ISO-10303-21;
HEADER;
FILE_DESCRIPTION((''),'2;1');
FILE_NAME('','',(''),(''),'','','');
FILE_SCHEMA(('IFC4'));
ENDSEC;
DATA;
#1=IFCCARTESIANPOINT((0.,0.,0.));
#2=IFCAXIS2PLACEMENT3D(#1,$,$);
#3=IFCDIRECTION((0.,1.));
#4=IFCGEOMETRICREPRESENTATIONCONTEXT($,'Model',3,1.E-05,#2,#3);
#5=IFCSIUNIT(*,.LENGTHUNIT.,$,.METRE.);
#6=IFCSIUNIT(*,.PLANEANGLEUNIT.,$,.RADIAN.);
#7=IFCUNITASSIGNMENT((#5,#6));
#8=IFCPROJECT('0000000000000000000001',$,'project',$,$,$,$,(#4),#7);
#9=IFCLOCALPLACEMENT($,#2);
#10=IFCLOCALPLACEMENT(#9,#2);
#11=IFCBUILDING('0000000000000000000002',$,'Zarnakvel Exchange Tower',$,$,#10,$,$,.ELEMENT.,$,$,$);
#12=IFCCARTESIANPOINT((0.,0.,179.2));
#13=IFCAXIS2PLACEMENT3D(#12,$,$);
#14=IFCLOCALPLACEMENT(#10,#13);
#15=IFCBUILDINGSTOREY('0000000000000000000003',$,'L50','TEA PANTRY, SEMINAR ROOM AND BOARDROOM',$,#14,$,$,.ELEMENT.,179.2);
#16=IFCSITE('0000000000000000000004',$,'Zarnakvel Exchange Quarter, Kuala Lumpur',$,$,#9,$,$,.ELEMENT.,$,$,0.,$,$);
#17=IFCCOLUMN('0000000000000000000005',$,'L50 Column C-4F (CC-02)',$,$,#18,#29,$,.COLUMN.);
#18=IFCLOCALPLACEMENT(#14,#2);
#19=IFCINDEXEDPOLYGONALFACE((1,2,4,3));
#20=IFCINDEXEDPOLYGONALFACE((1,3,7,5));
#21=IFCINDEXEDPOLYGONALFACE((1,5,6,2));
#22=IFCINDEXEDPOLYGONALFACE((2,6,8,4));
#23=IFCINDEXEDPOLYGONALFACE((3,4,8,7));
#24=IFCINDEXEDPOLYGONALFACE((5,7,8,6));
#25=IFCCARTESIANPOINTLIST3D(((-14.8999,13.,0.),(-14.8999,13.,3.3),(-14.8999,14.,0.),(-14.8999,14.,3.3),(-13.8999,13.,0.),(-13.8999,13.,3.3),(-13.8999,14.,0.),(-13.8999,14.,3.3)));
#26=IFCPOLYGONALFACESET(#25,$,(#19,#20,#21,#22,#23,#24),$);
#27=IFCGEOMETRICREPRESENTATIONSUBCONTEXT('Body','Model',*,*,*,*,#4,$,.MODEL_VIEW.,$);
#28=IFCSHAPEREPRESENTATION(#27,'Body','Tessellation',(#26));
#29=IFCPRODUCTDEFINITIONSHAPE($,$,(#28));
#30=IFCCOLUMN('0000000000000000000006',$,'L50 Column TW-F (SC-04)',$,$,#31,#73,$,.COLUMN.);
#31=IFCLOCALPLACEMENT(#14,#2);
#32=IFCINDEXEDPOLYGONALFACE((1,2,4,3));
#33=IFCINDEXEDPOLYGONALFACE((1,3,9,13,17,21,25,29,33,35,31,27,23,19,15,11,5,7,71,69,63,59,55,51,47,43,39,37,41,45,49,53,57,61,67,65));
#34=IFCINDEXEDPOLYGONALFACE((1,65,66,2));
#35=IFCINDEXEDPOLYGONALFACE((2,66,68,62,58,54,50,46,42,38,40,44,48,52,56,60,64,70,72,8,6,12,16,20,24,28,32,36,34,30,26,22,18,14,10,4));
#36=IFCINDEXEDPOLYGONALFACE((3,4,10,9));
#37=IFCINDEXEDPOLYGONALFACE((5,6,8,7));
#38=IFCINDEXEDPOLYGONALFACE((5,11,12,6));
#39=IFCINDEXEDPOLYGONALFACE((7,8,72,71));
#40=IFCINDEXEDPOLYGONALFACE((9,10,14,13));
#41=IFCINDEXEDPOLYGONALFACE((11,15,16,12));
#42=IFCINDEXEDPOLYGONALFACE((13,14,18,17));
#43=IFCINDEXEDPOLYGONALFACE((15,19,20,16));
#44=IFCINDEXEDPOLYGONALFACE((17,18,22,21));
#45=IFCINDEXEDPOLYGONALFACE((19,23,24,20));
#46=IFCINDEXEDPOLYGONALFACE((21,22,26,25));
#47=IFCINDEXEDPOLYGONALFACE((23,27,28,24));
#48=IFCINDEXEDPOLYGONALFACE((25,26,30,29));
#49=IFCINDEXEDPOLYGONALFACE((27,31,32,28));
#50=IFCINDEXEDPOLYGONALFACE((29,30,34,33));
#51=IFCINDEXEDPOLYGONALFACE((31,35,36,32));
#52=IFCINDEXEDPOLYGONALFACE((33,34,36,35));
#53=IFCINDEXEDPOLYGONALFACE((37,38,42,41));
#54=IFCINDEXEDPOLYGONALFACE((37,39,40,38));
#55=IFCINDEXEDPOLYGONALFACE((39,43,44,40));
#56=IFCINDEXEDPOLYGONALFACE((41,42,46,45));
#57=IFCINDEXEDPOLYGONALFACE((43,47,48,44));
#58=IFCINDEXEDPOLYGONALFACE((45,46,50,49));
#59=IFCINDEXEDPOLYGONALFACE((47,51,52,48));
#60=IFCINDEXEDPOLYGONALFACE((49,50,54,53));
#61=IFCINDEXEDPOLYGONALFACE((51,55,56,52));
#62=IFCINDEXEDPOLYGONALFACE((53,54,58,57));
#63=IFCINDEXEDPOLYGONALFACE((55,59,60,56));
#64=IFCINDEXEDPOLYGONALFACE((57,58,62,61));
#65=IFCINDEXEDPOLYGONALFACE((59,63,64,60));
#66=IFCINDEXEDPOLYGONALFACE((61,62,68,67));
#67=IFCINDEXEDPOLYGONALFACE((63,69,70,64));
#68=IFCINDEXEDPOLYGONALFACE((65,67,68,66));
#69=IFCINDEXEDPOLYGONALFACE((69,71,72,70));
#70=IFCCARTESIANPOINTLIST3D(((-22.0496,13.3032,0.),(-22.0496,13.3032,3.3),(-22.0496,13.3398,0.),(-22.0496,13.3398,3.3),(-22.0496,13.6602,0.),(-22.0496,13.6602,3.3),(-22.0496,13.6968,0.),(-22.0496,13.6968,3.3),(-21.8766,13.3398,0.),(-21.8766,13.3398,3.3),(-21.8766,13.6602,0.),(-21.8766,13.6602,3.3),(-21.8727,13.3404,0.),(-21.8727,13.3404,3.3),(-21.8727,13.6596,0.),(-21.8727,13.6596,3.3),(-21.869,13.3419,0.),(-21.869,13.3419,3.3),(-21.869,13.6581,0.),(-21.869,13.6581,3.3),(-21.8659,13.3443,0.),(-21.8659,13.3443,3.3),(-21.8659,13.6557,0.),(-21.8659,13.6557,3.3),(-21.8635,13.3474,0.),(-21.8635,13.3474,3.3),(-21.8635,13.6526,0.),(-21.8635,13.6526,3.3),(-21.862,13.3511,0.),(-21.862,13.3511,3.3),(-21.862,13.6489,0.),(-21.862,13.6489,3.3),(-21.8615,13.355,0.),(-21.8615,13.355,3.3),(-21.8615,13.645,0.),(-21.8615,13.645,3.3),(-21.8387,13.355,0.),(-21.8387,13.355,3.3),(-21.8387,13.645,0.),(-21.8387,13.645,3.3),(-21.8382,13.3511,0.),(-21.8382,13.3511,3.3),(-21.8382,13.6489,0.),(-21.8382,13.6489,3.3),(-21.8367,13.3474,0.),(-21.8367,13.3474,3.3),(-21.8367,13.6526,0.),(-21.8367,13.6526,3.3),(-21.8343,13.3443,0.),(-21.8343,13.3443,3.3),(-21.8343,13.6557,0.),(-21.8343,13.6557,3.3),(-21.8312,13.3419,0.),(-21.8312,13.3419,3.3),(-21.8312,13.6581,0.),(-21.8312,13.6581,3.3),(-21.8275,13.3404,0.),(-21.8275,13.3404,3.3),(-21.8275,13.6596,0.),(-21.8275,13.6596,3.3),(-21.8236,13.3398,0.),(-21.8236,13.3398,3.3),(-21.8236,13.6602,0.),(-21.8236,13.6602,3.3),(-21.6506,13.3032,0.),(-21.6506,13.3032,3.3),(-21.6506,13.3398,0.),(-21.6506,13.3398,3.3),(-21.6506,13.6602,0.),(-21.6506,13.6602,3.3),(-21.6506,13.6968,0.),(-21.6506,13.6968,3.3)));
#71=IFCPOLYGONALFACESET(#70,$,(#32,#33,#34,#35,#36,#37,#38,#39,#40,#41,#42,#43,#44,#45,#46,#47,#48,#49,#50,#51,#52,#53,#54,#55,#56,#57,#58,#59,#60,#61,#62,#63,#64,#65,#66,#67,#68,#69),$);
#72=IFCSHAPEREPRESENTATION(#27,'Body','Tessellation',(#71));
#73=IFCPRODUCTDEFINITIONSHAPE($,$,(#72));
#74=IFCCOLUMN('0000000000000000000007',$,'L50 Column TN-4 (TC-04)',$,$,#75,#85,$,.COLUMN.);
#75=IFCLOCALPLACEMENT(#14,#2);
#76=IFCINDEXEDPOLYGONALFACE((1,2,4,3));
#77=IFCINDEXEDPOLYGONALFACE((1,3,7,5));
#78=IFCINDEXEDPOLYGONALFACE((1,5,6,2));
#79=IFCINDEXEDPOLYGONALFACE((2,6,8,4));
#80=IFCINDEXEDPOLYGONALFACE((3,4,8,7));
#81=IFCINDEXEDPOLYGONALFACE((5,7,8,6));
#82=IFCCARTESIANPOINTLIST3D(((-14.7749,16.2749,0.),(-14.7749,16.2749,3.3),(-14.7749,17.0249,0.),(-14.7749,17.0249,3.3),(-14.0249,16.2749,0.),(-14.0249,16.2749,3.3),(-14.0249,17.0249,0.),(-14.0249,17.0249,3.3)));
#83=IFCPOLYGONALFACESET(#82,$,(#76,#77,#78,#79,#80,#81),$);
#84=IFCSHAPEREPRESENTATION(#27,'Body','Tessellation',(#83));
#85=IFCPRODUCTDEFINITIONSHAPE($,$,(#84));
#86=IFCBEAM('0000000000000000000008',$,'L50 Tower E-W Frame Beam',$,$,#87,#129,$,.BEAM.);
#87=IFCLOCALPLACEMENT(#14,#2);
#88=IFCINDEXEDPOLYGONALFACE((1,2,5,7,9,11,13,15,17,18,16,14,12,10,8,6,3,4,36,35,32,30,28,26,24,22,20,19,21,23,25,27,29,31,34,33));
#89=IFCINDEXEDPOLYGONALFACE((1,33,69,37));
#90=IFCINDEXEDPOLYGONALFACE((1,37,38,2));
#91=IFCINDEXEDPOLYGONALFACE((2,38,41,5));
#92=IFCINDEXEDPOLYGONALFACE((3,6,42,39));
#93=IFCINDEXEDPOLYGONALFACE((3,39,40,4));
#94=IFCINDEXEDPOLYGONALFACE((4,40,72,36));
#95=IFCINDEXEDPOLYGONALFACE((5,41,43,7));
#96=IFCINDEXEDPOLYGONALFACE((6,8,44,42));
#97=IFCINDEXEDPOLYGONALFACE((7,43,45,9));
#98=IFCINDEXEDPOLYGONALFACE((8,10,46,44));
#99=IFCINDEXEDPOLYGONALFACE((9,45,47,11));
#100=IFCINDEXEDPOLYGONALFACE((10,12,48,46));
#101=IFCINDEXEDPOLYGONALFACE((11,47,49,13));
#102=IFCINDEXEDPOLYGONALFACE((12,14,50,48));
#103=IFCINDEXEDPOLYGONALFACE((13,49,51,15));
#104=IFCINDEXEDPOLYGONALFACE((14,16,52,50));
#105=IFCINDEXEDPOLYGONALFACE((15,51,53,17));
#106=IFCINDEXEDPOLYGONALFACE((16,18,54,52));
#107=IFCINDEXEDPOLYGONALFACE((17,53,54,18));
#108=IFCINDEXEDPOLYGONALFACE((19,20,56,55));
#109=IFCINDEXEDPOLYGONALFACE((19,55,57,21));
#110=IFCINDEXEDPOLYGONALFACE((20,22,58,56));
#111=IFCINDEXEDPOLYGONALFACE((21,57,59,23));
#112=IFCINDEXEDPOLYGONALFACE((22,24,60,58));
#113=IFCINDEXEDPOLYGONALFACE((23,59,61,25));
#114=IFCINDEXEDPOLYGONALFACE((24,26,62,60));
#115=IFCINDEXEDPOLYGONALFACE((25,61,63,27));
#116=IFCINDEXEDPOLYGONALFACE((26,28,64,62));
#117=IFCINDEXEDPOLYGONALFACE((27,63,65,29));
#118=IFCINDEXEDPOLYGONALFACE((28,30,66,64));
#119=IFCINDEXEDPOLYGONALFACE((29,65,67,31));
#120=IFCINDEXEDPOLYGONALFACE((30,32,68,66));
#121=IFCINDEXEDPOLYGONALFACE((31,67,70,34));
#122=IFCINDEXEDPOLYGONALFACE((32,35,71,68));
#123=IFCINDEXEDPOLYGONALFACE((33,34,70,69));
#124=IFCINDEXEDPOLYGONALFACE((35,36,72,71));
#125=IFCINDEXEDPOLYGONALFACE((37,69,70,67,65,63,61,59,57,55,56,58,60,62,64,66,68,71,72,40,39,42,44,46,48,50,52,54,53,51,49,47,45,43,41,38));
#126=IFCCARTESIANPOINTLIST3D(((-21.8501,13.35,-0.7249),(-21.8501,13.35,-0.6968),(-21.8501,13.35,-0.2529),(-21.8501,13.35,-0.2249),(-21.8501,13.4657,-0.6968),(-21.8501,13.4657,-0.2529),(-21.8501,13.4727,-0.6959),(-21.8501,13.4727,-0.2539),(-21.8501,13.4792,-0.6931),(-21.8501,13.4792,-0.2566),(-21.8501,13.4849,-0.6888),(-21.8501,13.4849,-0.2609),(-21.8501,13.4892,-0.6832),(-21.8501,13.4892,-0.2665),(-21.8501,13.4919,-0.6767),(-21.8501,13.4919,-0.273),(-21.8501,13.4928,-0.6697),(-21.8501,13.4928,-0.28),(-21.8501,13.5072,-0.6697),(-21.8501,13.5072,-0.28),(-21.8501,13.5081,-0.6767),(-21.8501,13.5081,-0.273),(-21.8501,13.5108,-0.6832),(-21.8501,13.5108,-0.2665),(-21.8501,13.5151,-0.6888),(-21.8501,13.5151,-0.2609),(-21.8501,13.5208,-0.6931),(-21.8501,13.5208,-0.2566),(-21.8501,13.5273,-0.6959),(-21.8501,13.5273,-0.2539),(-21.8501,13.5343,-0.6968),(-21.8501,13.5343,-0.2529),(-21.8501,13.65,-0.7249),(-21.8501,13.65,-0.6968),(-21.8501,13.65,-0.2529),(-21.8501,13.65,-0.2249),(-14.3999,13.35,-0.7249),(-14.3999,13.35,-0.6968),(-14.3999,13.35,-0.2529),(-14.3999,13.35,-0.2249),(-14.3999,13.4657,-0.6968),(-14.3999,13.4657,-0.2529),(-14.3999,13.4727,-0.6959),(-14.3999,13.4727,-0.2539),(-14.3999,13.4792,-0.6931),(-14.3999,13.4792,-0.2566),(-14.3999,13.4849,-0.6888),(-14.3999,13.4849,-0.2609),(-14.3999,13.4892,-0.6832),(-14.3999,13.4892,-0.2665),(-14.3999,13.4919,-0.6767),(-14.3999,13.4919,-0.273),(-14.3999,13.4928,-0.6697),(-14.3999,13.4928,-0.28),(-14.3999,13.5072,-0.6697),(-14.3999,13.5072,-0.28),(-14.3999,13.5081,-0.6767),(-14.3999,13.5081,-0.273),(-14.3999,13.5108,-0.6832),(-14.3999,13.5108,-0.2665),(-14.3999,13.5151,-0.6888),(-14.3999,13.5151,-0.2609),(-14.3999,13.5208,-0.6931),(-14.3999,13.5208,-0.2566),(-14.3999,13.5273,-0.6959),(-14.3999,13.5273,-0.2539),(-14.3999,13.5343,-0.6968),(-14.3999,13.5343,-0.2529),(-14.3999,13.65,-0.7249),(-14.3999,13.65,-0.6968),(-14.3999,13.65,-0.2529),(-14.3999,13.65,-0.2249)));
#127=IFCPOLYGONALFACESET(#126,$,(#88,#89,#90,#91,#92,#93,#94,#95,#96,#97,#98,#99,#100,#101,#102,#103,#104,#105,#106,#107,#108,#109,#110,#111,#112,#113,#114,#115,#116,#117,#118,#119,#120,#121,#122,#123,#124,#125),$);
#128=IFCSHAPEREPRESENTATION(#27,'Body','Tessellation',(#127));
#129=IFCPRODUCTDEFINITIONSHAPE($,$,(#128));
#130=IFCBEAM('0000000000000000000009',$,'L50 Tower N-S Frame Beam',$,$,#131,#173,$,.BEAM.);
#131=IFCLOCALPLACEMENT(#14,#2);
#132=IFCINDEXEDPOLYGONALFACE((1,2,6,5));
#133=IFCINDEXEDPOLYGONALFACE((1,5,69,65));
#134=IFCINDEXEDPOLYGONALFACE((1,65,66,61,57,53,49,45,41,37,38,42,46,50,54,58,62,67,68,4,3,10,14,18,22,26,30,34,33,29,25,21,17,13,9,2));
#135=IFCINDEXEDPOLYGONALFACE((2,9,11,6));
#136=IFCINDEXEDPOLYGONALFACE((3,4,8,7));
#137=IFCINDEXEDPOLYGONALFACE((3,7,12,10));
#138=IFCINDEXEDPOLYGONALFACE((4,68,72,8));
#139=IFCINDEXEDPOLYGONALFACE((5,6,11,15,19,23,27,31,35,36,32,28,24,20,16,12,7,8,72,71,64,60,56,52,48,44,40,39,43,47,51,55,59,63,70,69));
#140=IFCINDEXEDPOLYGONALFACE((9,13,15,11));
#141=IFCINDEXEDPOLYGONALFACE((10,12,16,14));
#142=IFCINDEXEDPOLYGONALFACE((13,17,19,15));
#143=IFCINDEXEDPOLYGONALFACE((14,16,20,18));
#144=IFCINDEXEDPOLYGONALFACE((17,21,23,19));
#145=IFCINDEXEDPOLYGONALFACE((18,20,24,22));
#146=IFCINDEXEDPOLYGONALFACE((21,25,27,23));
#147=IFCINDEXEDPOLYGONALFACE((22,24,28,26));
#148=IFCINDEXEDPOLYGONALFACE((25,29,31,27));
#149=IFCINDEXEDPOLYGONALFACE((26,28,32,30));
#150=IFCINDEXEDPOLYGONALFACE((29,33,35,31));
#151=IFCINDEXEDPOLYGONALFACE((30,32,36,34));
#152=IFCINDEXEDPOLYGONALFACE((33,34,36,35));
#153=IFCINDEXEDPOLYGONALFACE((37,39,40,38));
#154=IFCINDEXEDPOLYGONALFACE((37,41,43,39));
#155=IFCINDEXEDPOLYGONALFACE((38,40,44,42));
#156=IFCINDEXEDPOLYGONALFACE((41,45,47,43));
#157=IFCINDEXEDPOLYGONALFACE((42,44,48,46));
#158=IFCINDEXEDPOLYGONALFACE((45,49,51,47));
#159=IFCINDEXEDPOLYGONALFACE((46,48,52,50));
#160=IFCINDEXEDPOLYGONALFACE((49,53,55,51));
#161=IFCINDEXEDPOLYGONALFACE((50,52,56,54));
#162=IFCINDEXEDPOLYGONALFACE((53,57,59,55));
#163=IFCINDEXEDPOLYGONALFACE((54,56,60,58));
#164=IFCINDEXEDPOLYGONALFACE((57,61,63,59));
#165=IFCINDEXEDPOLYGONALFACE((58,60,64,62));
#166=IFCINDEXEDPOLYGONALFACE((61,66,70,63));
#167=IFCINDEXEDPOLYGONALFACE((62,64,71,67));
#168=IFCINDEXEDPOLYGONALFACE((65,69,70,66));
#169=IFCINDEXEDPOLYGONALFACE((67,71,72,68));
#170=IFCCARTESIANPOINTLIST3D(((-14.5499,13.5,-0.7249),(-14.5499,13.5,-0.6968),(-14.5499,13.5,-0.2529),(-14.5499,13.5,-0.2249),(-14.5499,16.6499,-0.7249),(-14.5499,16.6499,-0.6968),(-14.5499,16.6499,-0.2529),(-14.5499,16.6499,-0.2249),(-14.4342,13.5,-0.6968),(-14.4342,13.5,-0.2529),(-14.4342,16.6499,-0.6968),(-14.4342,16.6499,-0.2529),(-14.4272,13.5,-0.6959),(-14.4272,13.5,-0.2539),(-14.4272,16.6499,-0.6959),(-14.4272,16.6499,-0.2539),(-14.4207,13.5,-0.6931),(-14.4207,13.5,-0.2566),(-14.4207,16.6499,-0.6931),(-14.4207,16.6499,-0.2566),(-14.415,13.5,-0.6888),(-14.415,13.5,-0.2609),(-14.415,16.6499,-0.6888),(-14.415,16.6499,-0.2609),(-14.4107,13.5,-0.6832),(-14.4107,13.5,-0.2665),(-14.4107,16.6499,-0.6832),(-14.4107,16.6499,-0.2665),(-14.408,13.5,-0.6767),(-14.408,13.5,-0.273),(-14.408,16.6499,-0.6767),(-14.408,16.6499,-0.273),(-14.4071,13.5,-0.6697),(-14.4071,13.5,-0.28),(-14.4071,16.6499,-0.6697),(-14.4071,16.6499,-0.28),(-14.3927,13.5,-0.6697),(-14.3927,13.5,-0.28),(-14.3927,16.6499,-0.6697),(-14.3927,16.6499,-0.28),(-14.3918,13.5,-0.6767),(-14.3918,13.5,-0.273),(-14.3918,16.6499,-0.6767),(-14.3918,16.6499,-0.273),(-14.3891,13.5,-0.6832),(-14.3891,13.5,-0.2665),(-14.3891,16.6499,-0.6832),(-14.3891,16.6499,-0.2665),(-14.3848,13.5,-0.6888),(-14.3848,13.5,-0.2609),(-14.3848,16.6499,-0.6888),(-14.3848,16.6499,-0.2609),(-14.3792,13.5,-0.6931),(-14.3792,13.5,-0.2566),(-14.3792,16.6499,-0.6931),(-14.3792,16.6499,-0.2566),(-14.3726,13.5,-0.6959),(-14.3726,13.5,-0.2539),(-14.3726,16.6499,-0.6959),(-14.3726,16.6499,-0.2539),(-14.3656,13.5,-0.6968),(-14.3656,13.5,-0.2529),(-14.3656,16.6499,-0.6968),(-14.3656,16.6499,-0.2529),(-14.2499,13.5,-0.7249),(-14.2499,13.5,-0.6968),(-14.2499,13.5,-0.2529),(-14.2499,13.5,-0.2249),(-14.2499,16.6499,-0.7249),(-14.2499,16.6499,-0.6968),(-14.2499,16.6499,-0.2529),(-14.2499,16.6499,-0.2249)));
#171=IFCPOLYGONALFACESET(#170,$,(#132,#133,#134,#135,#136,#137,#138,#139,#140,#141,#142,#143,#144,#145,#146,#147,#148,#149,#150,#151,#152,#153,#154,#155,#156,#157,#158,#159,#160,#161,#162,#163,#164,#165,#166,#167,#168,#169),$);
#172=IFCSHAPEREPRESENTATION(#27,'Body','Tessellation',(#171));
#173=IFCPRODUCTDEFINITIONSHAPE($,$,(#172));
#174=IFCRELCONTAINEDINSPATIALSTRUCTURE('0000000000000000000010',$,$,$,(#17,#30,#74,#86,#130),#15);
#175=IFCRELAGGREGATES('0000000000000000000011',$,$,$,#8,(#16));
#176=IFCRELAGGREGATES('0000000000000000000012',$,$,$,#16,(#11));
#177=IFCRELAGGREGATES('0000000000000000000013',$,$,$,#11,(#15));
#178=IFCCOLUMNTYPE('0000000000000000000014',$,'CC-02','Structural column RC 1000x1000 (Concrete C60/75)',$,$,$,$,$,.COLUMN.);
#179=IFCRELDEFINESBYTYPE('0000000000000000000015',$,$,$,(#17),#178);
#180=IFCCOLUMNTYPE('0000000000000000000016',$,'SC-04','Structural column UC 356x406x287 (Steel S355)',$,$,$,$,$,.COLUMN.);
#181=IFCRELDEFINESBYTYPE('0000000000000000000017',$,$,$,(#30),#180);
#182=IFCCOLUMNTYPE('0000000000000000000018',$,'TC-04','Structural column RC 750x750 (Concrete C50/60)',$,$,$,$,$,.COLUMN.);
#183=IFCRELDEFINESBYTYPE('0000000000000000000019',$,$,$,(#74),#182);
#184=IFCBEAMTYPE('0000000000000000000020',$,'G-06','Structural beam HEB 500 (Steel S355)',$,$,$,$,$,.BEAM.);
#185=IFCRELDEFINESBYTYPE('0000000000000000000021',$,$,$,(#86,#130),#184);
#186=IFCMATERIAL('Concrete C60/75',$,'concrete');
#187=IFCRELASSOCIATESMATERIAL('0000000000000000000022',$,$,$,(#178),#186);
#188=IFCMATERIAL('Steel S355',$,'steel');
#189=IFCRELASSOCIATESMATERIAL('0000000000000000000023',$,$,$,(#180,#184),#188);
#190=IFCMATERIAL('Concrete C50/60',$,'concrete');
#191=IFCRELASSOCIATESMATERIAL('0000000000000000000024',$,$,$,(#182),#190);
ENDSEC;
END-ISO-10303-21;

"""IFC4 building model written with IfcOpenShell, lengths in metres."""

from ifc_helpers import new_model, si_unit, direction, frame, origin, origin_2d, place, context, subcontext, project, spatial, rectangle, i_section, extrude, material, material_profile, profile_set, type_object, element, save


model = new_model("IFC4")

# Units and contexts
model_context = context("Model", 3, precision=1e-05, world=origin(), true_north=direction((0.0, 1.0)))
body_context = subcontext(model_context, "Body", "Model", "MODEL_VIEW")
ifc_project = project(units=[si_unit("LENGTHUNIT", "METRE"), si_unit("PLANEANGLEUNIT", "RADIAN")], contexts=[model_context])

# Site, building, storey
site_placement = place(None, origin())
site = spatial("IfcSite", under=ifc_project, at=site_placement, Name="Zarnakvel Exchange Quarter, Kuala Lumpur", CompositionType="ELEMENT", RefElevation=0.0)
building_placement = place(site_placement, origin())
building = spatial("IfcBuilding", under=site, at=building_placement, Name="Zarnakvel Exchange Tower", CompositionType="ELEMENT")
storey_placement = place(building_placement, frame((0.0, 0.0, 179.2)))
storey = spatial("IfcBuildingStorey", under=building, at=storey_placement, Name="L50", Description="TEA PANTRY, SEMINAR ROOM AND BOARDROOM", CompositionType="ELEMENT", Elevation=179.2)

# Columns
ifc_material_1 = material(Name="Concrete C60/75", Category="concrete")
ifc_material_profile_1 = material_profile(ifc_material_1, rectangle(XDim=1.0, YDim=1.0, at=origin_2d()))
ifc_profile_set_1 = profile_set([ifc_material_profile_1], Name="Concrete C60/75")
column_type_1 = type_object("IfcColumnType", Name="CC-02", Description="Structural column RC 1000x1000 (Concrete C60/75)", PredefinedType="COLUMN", material=ifc_profile_set_1)
column_1_placement = place(storey_placement, frame((-14.3999, 13.5, 0.0), z_axis=(0.0, 0.0, 1.0), x_axis=(1.0, 0.0, 0.0)))
element("IfcColumn", 1, at=column_1_placement, inside=storey, type_object=column_type_1, Name="L50 Column C-4F (CC-02)", PredefinedType="COLUMN", context=body_context, shape_type="SweptSolid", body=[
    extrude(rectangle(XDim=1.0, YDim=1.0, at=origin_2d()), origin(), (0.0, 0.0, 1.0), 3.3),
])
ifc_material_2 = material(Name="Steel S355", Category="steel")
ifc_material_profile_2 = material_profile(ifc_material_2, i_section(OverallWidth=0.3989, OverallDepth=0.3936, WebThickness=0.0227, FlangeThickness=0.0366, FilletRadius=0.0151, at=origin_2d()))
ifc_profile_set_2 = profile_set([ifc_material_profile_2], Name="Steel S355")
column_type_2 = type_object("IfcColumnType", Name="SC-04", Description="Structural column UC 356x406x287 (Steel S355)", PredefinedType="COLUMN", material=ifc_profile_set_2)
column_2_placement = place(storey_placement, frame((-21.8501, 13.5, 0.0), z_axis=(0.0, 0.0, 1.0), x_axis=(1.0, 0.0, 0.0)))
element("IfcColumn", 2, at=column_2_placement, inside=storey, type_object=column_type_2, Name="L50 Column TW-F (SC-04)", PredefinedType="COLUMN", context=body_context, shape_type="SweptSolid", body=[
    extrude(i_section(OverallWidth=0.3989, OverallDepth=0.3936, WebThickness=0.0227, FlangeThickness=0.0366, FilletRadius=0.0151, at=origin_2d()), origin(), (0.0, 0.0, 1.0), 3.3),
])
ifc_material_3 = material(Name="Concrete C50/60", Category="concrete")
ifc_material_profile_3 = material_profile(ifc_material_3, rectangle(XDim=0.75, YDim=0.75, at=origin_2d()))
ifc_profile_set_3 = profile_set([ifc_material_profile_3], Name="Concrete C50/60")
column_type_3 = type_object("IfcColumnType", Name="TC-04", Description="Structural column RC 750x750 (Concrete C50/60)", PredefinedType="COLUMN", material=ifc_profile_set_3)
column_3_placement = place(storey_placement, frame((-14.3999, 16.6499, 0.0), z_axis=(0.0, 0.0, 1.0), x_axis=(1.0, 0.0, 0.0)))
element("IfcColumn", 3, at=column_3_placement, inside=storey, type_object=column_type_3, Name="L50 Column TN-4 (TC-04)", PredefinedType="COLUMN", context=body_context, shape_type="SweptSolid", body=[
    extrude(rectangle(XDim=0.75, YDim=0.75, at=origin_2d()), origin(), (0.0, 0.0, 1.0), 3.3),
])

# Beams
ifc_material_profile_4 = material_profile(ifc_material_2, i_section(OverallWidth=0.3, OverallDepth=0.5, WebThickness=0.0144, FlangeThickness=0.0281, FilletRadius=0.0271, at=origin_2d()))
ifc_profile_set_4 = profile_set([ifc_material_profile_4], Name="Steel S355")
beam_type_1 = type_object("IfcBeamType", Name="G-06", Description="Structural beam HEB 500 (Steel S355)", PredefinedType="BEAM", material=ifc_profile_set_4)
beam_1_placement = place(storey_placement, frame((-21.8501, 13.5, -0.4749), z_axis=(1.0, 0.0, 0.0), x_axis=(0.0, 1.0, 0.0)))
element("IfcBeam", 4, at=beam_1_placement, inside=storey, type_object=beam_type_1, Name="L50 Tower E-W Frame Beam", PredefinedType="BEAM", context=body_context, shape_type="SweptSolid", body=[
    extrude(i_section(OverallWidth=0.3, OverallDepth=0.5, WebThickness=0.0144, FlangeThickness=0.0281, FilletRadius=0.0271, at=origin_2d()), origin(), (0.0, 0.0, 1.0), 7.4502),
])
beam_2_placement = place(storey_placement, frame((-14.3999, 13.5, -0.4749), z_axis=(0.0, 1.0, 0.0), x_axis=(-1.0, 0.0, 0.0)))
element("IfcBeam", 5, at=beam_2_placement, inside=storey, type_object=beam_type_1, Name="L50 Tower N-S Frame Beam", PredefinedType="BEAM", context=body_context, shape_type="SweptSolid", body=[
    extrude(i_section(OverallWidth=0.3, OverallDepth=0.5, WebThickness=0.0144, FlangeThickness=0.0281, FilletRadius=0.0271, at=origin_2d()), origin(), (0.0, 0.0, 1.0), 3.1499),
])

save(model, "model.ifc")
